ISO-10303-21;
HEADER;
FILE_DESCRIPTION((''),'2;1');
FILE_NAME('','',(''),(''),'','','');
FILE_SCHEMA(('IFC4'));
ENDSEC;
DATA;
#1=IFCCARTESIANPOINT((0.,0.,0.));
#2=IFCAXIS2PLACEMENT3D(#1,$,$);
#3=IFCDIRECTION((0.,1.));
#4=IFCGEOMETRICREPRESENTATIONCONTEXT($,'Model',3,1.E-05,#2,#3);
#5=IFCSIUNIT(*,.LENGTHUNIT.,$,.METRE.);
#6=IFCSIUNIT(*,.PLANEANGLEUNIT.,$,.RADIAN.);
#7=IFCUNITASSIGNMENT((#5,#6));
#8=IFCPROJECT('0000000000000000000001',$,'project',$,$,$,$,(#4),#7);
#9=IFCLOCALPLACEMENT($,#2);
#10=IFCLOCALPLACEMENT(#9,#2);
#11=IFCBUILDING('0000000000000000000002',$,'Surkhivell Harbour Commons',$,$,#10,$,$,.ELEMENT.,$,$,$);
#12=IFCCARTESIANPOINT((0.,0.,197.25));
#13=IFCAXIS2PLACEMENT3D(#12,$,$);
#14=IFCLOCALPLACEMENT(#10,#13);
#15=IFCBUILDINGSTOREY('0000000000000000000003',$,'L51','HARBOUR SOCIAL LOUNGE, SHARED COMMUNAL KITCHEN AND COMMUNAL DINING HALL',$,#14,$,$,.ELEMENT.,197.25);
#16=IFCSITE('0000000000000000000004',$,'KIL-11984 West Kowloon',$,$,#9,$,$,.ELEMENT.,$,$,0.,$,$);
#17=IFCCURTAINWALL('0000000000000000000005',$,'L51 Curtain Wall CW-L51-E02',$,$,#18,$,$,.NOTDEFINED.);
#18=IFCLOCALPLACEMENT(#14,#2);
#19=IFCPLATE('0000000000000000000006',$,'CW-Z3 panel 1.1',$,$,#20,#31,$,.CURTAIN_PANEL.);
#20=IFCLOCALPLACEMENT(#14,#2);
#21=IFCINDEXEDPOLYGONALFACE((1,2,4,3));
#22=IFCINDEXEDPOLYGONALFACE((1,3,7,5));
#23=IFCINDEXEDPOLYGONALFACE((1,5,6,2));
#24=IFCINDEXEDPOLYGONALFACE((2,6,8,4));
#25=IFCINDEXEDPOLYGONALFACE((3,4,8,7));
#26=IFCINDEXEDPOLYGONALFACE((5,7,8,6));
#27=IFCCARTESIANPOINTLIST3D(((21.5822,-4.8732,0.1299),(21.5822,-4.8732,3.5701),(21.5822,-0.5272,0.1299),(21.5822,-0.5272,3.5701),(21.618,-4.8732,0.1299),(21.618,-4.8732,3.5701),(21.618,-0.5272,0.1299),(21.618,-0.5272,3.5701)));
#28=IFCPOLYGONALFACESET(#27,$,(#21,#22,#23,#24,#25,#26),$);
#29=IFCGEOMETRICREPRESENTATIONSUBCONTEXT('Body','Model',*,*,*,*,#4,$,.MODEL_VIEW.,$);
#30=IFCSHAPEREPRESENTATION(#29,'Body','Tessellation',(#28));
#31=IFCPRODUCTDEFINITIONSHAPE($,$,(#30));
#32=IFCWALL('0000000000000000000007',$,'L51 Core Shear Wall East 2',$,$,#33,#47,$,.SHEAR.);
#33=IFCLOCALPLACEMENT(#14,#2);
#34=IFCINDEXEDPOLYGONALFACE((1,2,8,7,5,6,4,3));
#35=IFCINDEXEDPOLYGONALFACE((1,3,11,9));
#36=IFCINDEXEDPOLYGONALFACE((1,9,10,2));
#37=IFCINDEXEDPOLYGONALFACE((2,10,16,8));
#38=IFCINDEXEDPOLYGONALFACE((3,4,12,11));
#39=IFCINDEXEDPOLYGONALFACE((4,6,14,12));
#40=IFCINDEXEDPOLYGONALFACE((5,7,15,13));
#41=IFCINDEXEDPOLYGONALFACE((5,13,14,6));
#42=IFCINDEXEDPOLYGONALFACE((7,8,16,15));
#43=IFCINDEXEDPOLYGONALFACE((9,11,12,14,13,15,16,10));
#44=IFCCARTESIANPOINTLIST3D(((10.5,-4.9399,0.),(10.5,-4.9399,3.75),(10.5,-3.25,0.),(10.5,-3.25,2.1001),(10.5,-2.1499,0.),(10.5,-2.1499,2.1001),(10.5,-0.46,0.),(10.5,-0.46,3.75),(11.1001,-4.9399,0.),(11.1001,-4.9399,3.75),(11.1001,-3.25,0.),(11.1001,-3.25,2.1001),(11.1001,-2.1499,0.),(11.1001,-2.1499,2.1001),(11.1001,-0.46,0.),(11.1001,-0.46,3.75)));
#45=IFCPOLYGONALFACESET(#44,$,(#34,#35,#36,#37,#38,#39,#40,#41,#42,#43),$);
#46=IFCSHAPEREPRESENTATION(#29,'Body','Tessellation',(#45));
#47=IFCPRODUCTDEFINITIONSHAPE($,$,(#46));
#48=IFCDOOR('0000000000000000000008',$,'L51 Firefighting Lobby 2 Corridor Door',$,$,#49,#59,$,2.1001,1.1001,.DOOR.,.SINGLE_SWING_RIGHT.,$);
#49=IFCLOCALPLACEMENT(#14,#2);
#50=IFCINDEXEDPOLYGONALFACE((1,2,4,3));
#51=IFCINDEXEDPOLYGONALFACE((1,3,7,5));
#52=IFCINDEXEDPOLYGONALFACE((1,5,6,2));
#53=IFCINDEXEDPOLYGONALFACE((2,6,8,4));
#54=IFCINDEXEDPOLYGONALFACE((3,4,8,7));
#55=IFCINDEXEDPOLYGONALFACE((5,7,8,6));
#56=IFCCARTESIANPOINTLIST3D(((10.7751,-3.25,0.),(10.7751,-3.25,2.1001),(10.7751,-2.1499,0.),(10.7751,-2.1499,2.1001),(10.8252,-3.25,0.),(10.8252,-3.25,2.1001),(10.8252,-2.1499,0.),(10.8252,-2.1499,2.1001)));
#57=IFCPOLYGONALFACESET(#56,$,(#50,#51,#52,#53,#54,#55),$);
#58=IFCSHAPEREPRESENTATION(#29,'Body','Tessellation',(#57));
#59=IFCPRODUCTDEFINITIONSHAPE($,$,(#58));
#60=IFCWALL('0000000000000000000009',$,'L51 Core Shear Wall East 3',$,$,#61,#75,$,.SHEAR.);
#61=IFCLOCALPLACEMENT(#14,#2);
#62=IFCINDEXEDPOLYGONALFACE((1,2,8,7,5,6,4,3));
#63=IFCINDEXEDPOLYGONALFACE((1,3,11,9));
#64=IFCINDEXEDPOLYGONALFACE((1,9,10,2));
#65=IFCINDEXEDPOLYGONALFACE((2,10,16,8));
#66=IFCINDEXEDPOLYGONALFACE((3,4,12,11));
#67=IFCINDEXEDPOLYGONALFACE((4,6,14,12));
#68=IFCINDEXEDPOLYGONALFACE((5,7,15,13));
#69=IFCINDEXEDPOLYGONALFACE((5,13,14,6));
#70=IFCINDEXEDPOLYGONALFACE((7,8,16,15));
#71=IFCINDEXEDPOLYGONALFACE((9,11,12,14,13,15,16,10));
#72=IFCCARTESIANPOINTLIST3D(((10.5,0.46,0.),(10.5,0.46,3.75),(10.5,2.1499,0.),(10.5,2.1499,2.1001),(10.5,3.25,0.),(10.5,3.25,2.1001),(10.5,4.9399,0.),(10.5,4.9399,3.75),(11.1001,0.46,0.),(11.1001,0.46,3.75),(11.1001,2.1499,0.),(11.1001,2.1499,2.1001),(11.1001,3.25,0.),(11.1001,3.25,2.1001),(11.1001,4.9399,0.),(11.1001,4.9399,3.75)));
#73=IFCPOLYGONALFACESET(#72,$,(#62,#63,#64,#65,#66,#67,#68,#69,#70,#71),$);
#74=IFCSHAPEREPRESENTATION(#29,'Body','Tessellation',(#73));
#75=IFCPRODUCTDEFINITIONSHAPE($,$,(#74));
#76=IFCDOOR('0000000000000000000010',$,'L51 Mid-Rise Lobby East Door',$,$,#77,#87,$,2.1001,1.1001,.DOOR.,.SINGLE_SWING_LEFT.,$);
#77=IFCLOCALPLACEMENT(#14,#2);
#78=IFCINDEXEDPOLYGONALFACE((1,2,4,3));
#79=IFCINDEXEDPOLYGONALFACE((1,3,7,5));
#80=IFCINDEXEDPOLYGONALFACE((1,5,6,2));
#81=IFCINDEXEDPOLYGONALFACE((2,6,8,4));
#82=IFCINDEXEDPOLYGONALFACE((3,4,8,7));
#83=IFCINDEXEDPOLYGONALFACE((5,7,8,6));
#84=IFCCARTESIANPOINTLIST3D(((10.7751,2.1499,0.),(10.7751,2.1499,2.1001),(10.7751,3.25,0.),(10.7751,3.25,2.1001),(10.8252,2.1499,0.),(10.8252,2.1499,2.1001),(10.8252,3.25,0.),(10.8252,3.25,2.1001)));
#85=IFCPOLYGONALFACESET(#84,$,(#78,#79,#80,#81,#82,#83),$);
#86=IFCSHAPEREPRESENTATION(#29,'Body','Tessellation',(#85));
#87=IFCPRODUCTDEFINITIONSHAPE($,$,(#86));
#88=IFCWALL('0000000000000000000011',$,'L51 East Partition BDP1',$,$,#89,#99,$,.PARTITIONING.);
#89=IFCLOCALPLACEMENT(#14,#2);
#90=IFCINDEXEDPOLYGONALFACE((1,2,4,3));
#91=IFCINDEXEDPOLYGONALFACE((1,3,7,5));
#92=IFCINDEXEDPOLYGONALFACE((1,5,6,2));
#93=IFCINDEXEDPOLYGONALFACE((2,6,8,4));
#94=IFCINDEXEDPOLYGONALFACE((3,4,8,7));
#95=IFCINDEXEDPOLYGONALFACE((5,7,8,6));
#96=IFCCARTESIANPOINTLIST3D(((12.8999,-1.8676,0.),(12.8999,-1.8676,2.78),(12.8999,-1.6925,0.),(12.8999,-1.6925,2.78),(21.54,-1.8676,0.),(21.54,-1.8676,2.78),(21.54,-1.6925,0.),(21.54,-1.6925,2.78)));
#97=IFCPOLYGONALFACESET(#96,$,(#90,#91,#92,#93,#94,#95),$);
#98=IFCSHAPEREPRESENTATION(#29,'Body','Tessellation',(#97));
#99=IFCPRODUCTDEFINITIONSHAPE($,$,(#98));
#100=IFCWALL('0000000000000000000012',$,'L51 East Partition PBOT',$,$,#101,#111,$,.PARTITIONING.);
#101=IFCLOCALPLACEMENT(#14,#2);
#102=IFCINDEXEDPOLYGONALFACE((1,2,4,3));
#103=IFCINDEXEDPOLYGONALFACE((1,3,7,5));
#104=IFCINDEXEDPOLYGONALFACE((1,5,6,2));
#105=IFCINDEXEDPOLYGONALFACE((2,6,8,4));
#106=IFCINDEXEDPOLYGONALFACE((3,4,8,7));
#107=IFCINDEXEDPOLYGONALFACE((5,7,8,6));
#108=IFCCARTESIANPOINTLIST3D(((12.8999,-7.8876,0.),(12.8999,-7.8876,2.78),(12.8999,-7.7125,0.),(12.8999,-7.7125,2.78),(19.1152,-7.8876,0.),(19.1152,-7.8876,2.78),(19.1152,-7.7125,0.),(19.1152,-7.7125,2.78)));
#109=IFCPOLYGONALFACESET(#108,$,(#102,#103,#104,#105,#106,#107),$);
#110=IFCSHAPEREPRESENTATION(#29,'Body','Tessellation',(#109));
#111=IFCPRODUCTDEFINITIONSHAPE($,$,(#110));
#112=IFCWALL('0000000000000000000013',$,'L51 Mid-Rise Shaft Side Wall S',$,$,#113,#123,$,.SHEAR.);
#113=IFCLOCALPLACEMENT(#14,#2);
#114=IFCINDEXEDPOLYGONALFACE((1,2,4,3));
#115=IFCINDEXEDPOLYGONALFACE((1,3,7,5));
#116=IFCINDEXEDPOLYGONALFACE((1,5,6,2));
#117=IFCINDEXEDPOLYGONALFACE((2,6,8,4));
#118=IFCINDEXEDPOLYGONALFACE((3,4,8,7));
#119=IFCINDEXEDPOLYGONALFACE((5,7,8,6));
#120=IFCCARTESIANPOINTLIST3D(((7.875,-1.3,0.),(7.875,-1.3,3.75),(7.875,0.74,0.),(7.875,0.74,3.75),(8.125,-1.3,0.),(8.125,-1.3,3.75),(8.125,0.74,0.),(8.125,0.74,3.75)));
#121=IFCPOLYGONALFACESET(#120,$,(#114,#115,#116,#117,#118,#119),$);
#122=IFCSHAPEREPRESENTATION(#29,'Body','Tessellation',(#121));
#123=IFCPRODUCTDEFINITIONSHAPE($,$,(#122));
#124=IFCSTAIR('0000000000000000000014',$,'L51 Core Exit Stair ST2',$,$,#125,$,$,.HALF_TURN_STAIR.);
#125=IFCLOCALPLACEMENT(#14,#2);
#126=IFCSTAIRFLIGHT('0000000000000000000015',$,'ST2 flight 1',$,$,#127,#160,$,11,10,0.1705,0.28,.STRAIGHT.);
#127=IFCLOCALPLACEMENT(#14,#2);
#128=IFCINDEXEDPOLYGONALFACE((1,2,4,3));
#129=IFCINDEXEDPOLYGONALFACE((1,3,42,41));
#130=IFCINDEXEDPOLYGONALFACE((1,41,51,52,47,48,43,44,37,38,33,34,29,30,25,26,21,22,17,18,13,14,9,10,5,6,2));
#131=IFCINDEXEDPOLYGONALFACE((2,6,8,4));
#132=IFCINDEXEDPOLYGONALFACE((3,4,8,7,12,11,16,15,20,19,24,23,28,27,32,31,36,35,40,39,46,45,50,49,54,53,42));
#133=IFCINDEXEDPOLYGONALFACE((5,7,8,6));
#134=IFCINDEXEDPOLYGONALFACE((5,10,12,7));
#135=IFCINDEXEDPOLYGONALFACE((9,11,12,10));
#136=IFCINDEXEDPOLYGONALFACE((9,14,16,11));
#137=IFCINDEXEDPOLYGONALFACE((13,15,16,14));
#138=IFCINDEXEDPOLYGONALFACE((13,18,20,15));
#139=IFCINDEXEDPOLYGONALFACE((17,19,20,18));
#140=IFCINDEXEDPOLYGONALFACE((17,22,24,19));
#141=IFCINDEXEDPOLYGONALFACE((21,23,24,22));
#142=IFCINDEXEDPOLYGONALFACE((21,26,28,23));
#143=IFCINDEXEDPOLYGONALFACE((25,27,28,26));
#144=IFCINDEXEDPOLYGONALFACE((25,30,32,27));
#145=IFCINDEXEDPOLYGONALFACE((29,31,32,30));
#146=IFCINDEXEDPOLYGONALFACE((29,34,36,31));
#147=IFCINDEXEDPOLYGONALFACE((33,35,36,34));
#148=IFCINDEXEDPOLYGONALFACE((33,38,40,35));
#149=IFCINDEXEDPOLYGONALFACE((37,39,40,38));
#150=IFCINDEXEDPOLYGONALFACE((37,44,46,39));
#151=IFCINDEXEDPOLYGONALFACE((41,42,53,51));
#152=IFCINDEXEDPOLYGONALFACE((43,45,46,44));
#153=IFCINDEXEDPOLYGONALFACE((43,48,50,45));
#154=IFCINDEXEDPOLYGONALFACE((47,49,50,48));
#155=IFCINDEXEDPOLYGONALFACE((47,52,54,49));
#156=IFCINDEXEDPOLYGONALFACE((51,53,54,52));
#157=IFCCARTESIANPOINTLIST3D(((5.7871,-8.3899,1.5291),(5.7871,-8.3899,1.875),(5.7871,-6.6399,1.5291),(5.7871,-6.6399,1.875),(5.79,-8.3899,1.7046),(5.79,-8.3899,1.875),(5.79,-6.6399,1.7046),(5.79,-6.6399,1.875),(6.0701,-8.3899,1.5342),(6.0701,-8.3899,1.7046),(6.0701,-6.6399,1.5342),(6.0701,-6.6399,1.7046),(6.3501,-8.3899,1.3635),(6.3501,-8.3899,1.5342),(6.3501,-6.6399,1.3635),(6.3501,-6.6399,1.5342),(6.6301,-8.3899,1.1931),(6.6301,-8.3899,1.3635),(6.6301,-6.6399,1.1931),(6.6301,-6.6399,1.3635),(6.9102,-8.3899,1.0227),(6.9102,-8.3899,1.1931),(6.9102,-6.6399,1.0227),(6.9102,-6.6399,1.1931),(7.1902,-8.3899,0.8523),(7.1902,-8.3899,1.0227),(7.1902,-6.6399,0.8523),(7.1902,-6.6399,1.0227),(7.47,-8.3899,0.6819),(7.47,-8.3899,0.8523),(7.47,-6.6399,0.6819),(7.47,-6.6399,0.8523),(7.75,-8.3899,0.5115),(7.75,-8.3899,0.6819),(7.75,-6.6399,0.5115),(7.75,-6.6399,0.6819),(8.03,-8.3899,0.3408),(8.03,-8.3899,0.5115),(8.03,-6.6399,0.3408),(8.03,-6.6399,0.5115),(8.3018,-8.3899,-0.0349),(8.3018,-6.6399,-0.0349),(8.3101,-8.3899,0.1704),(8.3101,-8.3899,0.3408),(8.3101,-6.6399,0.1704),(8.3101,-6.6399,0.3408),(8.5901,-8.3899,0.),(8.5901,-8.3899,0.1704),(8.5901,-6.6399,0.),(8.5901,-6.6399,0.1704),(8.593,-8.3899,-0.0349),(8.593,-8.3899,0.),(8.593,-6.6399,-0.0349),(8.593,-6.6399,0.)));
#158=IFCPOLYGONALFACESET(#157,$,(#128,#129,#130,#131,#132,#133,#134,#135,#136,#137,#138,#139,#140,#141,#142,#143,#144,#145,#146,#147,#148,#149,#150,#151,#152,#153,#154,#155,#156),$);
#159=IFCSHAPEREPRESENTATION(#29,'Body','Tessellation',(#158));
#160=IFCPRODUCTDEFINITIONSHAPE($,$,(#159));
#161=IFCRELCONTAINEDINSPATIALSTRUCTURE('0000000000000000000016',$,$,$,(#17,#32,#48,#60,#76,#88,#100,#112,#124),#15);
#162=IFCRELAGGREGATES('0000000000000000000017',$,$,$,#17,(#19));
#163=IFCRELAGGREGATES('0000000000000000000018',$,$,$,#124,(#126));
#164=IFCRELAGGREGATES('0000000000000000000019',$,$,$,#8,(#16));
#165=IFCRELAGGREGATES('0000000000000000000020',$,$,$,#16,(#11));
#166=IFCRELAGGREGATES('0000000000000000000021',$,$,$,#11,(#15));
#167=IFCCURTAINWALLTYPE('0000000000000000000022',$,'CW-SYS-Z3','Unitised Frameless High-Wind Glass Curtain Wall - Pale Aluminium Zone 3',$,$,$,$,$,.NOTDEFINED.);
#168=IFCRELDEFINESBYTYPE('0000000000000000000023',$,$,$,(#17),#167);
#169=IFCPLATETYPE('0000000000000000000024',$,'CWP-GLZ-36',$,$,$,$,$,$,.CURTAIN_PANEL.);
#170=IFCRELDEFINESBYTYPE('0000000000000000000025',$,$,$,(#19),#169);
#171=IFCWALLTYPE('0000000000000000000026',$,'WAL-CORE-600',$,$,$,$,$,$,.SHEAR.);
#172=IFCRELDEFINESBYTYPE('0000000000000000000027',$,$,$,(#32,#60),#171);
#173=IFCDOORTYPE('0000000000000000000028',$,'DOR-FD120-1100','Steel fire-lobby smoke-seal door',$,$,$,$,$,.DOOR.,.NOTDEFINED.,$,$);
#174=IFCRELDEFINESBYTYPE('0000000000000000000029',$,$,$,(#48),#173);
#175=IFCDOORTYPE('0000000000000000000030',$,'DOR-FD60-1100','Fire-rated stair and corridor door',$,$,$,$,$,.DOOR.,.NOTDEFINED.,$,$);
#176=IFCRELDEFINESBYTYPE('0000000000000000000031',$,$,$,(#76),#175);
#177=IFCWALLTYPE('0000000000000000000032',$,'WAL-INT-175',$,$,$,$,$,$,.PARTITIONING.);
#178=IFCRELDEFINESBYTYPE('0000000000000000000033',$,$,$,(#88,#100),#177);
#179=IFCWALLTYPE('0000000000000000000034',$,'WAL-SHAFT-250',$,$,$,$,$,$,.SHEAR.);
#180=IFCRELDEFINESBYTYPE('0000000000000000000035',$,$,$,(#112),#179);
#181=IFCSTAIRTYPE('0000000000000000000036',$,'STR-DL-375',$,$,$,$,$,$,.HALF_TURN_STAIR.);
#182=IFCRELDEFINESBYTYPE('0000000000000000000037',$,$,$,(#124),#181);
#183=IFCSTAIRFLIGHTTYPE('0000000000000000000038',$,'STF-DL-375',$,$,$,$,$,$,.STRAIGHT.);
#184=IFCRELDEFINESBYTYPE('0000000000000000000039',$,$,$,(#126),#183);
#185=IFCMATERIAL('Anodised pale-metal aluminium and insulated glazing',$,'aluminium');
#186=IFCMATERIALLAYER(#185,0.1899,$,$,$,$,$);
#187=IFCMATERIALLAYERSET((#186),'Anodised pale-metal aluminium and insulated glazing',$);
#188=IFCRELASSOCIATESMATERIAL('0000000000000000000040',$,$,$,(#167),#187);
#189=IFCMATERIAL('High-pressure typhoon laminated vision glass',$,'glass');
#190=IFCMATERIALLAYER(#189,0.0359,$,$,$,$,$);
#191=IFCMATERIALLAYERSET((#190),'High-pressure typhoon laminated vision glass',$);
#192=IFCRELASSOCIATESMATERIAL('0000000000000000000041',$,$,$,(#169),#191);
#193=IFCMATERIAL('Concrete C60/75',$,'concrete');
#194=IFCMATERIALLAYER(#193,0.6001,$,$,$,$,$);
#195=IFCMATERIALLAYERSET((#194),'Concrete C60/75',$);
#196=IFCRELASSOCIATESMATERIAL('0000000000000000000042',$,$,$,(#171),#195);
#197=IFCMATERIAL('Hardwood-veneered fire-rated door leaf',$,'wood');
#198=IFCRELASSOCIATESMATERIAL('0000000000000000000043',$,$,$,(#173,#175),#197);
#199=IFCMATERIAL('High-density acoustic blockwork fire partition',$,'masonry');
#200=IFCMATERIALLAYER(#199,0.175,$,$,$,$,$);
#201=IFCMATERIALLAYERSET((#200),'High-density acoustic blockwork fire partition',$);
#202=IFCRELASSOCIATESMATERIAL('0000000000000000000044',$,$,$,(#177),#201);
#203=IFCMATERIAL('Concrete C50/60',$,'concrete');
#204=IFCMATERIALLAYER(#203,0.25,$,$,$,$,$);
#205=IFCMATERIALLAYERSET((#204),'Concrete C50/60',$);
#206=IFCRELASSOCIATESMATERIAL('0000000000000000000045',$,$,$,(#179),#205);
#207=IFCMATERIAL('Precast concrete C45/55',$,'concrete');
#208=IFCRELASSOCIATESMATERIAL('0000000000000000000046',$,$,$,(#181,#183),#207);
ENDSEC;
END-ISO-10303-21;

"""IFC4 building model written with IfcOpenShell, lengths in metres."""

from ifc_helpers import new_model, si_unit, direction, frame, frame_2d, origin, place, context, subcontext, project, spatial, polyline, rectangle, outline, extrude, material, layer, layer_set, type_object, element, fill, aggregate, save


model = new_model("IFC4")

# Units and contexts
model_context = context("Model", 3, precision=1e-05, world=origin(), true_north=direction((0.0, 1.0)))
body_context = subcontext(model_context, "Body", "Model", "MODEL_VIEW")
ifc_project = project(units=[si_unit("LENGTHUNIT", "METRE"), si_unit("PLANEANGLEUNIT", "RADIAN")], contexts=[model_context])

# Site, building, storey
site_placement = place(None, origin())
site = spatial("IfcSite", under=ifc_project, at=site_placement, Name="KIL-11984 West Kowloon", CompositionType="ELEMENT", RefElevation=0.0)
building_placement = place(site_placement, origin())
building = spatial("IfcBuilding", under=site, at=building_placement, Name="Surkhivell Harbour Commons", CompositionType="ELEMENT")
storey_placement = place(building_placement, frame((0.0, 0.0, 197.25)))
storey = spatial("IfcBuildingStorey", under=building, at=storey_placement, Name="L51", Description="HARBOUR SOCIAL LOUNGE, SHARED COMMUNAL KITCHEN AND COMMUNAL DINING HALL", CompositionType="ELEMENT", Elevation=197.25)

# Shared definitions
ifc_material_1 = material(Name="Concrete C60/75", Category="concrete")

# Shared definitions
ifc_material_2 = material(Name="Anodised pale-metal aluminium and insulated glazing", Category="aluminium")
ifc_layer_1 = layer(ifc_material_2, 0.1899)
ifc_layer_set_1 = layer_set([ifc_layer_1], Name="Anodised pale-metal aluminium and insulated glazing")
curtain_wall_type = type_object("IfcCurtainWallType", Name="CW-SYS-Z3", Description="Unitised Frameless High-Wind Glass Curtain Wall - Pale Aluminium Zone 3", PredefinedType="NOTDEFINED", material=ifc_layer_set_1)

# Curtain wall, plate
curtain_wall_1_placement = place(storey_placement, origin())
curtain_wall_1 = element("IfcCurtainWall", 1, at=curtain_wall_1_placement, inside=storey, type_object=curtain_wall_type, Name="L51 Curtain Wall CW-L51-E02", PredefinedType="NOTDEFINED")
ifc_material_3 = material(Name="High-pressure typhoon laminated vision glass", Category="glass")
ifc_layer_2 = layer(ifc_material_3, 0.0359)
ifc_layer_set_2 = layer_set([ifc_layer_2], Name="High-pressure typhoon laminated vision glass")
plate_type = type_object("IfcPlateType", Name="CWP-GLZ-36", PredefinedType="CURTAIN_PANEL", material=ifc_layer_set_2)
plate_placement = place(storey_placement, frame((21.6001, -4.873, 0.1299), z_axis=(0.0, 0.0, 1.0), x_axis=(0.0, 1.0, 0.0)))
plate = element("IfcPlate", 2, at=plate_placement, type_object=plate_type, Name="CW-Z3 panel 1.1", PredefinedType="CURTAIN_PANEL", context=body_context, shape_type="SweptSolid", body=[
    extrude(rectangle(XDim=4.3459, YDim=0.0359, at=frame_2d((2.1729, 0.0))), origin(), (0.0, 0.0, 1.0), 3.4402),
])
aggregate(curtain_wall_1, [plate])

# Walls, openings, doors
ifc_layer_3 = layer(ifc_material_1, 0.6001)
ifc_layer_set_3 = layer_set([ifc_layer_3], Name="Concrete C60/75")
wall_type_1 = type_object("IfcWallType", Name="WAL-CORE-600", PredefinedType="SHEAR", material=ifc_layer_set_3)
wall_1_placement = place(storey_placement, frame((10.8, -4.9399, 0.0), z_axis=(0.0, 0.0, 1.0), x_axis=(0.0, 1.0, 0.0)))
wall_1 = element("IfcWall", 3, at=wall_1_placement, inside=storey, type_object=wall_type_1, Name="L51 Core Shear Wall East 2", PredefinedType="SHEAR", context=body_context, shape_type="SweptSolid", body=[
    extrude(rectangle(XDim=4.48, YDim=0.6001, at=frame_2d((2.24, 0.0))), origin(), (0.0, 0.0, 1.0), 3.75),
])
opening_1_placement = place(wall_1_placement, frame((1.6899, 0.0, 0.0)))
opening_1 = element("IfcOpeningElement", 4, at=opening_1_placement, cuts=wall_1, PredefinedType="OPENING", context=body_context, shape_type="SweptSolid", body=[
    extrude(rectangle(XDim=1.1001, YDim=2.1001, at=frame_2d((0.55, 1.05))), frame((0.0, 0.3101, 0.0), z_axis=(0.0, -1.0, 0.0), x_axis=(1.0, 0.0, 0.0)), (0.0, 0.0, 1.0), 0.6201),
])
ifc_material_4 = material(Name="Hardwood-veneered fire-rated door leaf", Category="wood")
door_type_1 = type_object("IfcDoorType", Name="DOR-FD120-1100", Description="Steel fire-lobby smoke-seal door", OperationType="NOTDEFINED", PredefinedType="DOOR", material=ifc_material_4)
door_1_placement = place(opening_1_placement, origin())
door_1 = element("IfcDoor", 5, at=door_1_placement, inside=storey, type_object=door_type_1, Name="L51 Firefighting Lobby 2 Corridor Door", OperationType="SINGLE_SWING_RIGHT", OverallHeight=2.1001, OverallWidth=1.1001, PredefinedType="DOOR", context=body_context, shape_type="SweptSolid", body=[
    extrude(rectangle(XDim=1.1001, YDim=2.1001, at=frame_2d((0.55, 1.05))), frame((0.0, 0.0249, 0.0), z_axis=(0.0, -1.0, 0.0), x_axis=(1.0, 0.0, 0.0)), (0.0, 0.0, 1.0), 0.05),
])
fill(opening_1, door_1)
wall_2_placement = place(storey_placement, frame((10.8, 0.46, 0.0), z_axis=(0.0, 0.0, 1.0), x_axis=(0.0, 1.0, 0.0)))
wall_2 = element("IfcWall", 6, at=wall_2_placement, inside=storey, type_object=wall_type_1, Name="L51 Core Shear Wall East 3", PredefinedType="SHEAR", context=body_context, shape_type="SweptSolid", body=[
    extrude(rectangle(XDim=4.48, YDim=0.6001, at=frame_2d((2.24, 0.0))), origin(), (0.0, 0.0, 1.0), 3.75),
])
opening_2_placement = place(wall_2_placement, frame((1.6899, 0.0, 0.0)))
opening_2 = element("IfcOpeningElement", 7, at=opening_2_placement, cuts=wall_2, PredefinedType="OPENING", context=body_context, shape_type="SweptSolid", body=[
    extrude(rectangle(XDim=1.1001, YDim=2.1001, at=frame_2d((0.55, 1.05))), frame((0.0, 0.3101, 0.0), z_axis=(0.0, -1.0, 0.0), x_axis=(1.0, 0.0, 0.0)), (0.0, 0.0, 1.0), 0.6201),
])
door_type_2 = type_object("IfcDoorType", Name="DOR-FD60-1100", Description="Fire-rated stair and corridor door", OperationType="NOTDEFINED", PredefinedType="DOOR", material=ifc_material_4)
door_2_placement = place(opening_2_placement, origin())
door_2 = element("IfcDoor", 8, at=door_2_placement, inside=storey, type_object=door_type_2, Name="L51 Mid-Rise Lobby East Door", OperationType="SINGLE_SWING_LEFT", OverallHeight=2.1001, OverallWidth=1.1001, PredefinedType="DOOR", context=body_context, shape_type="SweptSolid", body=[
    extrude(rectangle(XDim=1.1001, YDim=2.1001, at=frame_2d((0.55, 1.05))), frame((0.0, 0.0249, 0.0), z_axis=(0.0, -1.0, 0.0), x_axis=(1.0, 0.0, 0.0)), (0.0, 0.0, 1.0), 0.05),
])
fill(opening_2, door_2)

# Walls
ifc_material_5 = material(Name="High-density acoustic blockwork fire partition", Category="masonry")
ifc_layer_4 = layer(ifc_material_5, 0.175)
ifc_layer_set_4 = layer_set([ifc_layer_4], Name="High-density acoustic blockwork fire partition")
wall_type_2 = type_object("IfcWallType", Name="WAL-INT-175", PredefinedType="PARTITIONING", material=ifc_layer_set_4)
wall_3_placement = place(storey_placement, frame((12.8999, -1.78, 0.0), z_axis=(0.0, 0.0, 1.0), x_axis=(1.0, 0.0, 0.0)))
element("IfcWall", 9, at=wall_3_placement, inside=storey, type_object=wall_type_2, Name="L51 East Partition BDP1", PredefinedType="PARTITIONING", context=body_context, shape_type="SweptSolid", body=[
    extrude(rectangle(XDim=8.6401, YDim=0.175, at=frame_2d((4.3201, 0.0))), origin(), (0.0, 0.0, 1.0), 2.78),
])
wall_4_placement = place(storey_placement, frame((12.8999, -7.8, 0.0), z_axis=(0.0, 0.0, 1.0), x_axis=(1.0, 0.0, 0.0)))
element("IfcWall", 10, at=wall_4_placement, inside=storey, type_object=wall_type_2, Name="L51 East Partition PBOT", PredefinedType="PARTITIONING", context=body_context, shape_type="SweptSolid", body=[
    extrude(rectangle(XDim=6.2153, YDim=0.175, at=frame_2d((3.1077, 0.0))), origin(), (0.0, 0.0, 1.0), 2.78),
])
ifc_material_6 = material(Name="Concrete C50/60", Category="concrete")
ifc_layer_5 = layer(ifc_material_6, 0.25)
ifc_layer_set_5 = layer_set([ifc_layer_5], Name="Concrete C50/60")
wall_type_3 = type_object("IfcWallType", Name="WAL-SHAFT-250", PredefinedType="SHEAR", material=ifc_layer_set_5)
wall_5_placement = place(storey_placement, frame((8.0, -1.3, 0.0), z_axis=(0.0, 0.0, 1.0), x_axis=(0.0, 1.0, 0.0)))
element("IfcWall", 11, at=wall_5_placement, inside=storey, type_object=wall_type_3, Name="L51 Mid-Rise Shaft Side Wall S", PredefinedType="SHEAR", context=body_context, shape_type="SweptSolid", body=[
    extrude(rectangle(XDim=2.04, YDim=0.25, at=frame_2d((1.02, 0.0))), origin(), (0.0, 0.0, 1.0), 3.75),
])

# Stair, stair flight
ifc_material_7 = material(Name="Precast concrete C45/55", Category="concrete")
stair_type = type_object("IfcStairType", Name="STR-DL-375", PredefinedType="HALF_TURN_STAIR", material=ifc_material_7)
stair_placement = place(storey_placement, origin())
stair = element("IfcStair", 12, at=stair_placement, inside=storey, type_object=stair_type, Name="L51 Core Exit Stair ST2", PredefinedType="HALF_TURN_STAIR")
stair_flight_type = type_object("IfcStairFlightType", Name="STF-DL-375", PredefinedType="STRAIGHT", material=ifc_material_7)
stair_flight_placement = place(storey_placement, frame((8.5901, -7.5149, 0.0), z_axis=(0.0, 0.0, 1.0), x_axis=(-1.0, 0.0, 0.0)))
stair_flight = element("IfcStairFlight", 13, at=stair_flight_placement, type_object=stair_flight_type, Name="ST2 flight 1", NumberOfRisers=11, NumberOfTreads=10, PredefinedType="STRAIGHT", RiserHeight=0.1705, TreadLength=0.28, context=body_context, shape_type="SweptSolid", body=[
    extrude(outline(polyline([(-0.0029, -0.0349), (-0.0029, 0.0), (0.0, 0.0), (0.0, 0.1704), (0.28, 0.1704), (0.28, 0.3408), (0.5601, 0.3408), (0.5601, 0.5115), (0.8401, 0.5115), (0.8401, 0.6819), (1.1201, 0.6819), (1.1201, 0.8523), (1.3999, 0.8523), (1.3999, 1.0227), (1.6799, 1.0227), (1.6799, 1.1931), (1.96, 1.1931), (1.96, 1.3635), (2.24, 1.3635), (2.24, 1.5342), (2.52, 1.5342), (2.52, 1.7046), (2.8, 1.7046), (2.8, 1.875), (2.803, 1.875), (2.803, 1.5291), (0.2883, -0.0349), (-0.0029, -0.0349)])), frame((0.0, 0.875, 0.0), z_axis=(0.0, -1.0, 0.0), x_axis=(1.0, 0.0, 0.0)), (0.0, 0.0, 1.0), 1.75),
])
aggregate(stair, [stair_flight])

save(model, "model.ifc")
